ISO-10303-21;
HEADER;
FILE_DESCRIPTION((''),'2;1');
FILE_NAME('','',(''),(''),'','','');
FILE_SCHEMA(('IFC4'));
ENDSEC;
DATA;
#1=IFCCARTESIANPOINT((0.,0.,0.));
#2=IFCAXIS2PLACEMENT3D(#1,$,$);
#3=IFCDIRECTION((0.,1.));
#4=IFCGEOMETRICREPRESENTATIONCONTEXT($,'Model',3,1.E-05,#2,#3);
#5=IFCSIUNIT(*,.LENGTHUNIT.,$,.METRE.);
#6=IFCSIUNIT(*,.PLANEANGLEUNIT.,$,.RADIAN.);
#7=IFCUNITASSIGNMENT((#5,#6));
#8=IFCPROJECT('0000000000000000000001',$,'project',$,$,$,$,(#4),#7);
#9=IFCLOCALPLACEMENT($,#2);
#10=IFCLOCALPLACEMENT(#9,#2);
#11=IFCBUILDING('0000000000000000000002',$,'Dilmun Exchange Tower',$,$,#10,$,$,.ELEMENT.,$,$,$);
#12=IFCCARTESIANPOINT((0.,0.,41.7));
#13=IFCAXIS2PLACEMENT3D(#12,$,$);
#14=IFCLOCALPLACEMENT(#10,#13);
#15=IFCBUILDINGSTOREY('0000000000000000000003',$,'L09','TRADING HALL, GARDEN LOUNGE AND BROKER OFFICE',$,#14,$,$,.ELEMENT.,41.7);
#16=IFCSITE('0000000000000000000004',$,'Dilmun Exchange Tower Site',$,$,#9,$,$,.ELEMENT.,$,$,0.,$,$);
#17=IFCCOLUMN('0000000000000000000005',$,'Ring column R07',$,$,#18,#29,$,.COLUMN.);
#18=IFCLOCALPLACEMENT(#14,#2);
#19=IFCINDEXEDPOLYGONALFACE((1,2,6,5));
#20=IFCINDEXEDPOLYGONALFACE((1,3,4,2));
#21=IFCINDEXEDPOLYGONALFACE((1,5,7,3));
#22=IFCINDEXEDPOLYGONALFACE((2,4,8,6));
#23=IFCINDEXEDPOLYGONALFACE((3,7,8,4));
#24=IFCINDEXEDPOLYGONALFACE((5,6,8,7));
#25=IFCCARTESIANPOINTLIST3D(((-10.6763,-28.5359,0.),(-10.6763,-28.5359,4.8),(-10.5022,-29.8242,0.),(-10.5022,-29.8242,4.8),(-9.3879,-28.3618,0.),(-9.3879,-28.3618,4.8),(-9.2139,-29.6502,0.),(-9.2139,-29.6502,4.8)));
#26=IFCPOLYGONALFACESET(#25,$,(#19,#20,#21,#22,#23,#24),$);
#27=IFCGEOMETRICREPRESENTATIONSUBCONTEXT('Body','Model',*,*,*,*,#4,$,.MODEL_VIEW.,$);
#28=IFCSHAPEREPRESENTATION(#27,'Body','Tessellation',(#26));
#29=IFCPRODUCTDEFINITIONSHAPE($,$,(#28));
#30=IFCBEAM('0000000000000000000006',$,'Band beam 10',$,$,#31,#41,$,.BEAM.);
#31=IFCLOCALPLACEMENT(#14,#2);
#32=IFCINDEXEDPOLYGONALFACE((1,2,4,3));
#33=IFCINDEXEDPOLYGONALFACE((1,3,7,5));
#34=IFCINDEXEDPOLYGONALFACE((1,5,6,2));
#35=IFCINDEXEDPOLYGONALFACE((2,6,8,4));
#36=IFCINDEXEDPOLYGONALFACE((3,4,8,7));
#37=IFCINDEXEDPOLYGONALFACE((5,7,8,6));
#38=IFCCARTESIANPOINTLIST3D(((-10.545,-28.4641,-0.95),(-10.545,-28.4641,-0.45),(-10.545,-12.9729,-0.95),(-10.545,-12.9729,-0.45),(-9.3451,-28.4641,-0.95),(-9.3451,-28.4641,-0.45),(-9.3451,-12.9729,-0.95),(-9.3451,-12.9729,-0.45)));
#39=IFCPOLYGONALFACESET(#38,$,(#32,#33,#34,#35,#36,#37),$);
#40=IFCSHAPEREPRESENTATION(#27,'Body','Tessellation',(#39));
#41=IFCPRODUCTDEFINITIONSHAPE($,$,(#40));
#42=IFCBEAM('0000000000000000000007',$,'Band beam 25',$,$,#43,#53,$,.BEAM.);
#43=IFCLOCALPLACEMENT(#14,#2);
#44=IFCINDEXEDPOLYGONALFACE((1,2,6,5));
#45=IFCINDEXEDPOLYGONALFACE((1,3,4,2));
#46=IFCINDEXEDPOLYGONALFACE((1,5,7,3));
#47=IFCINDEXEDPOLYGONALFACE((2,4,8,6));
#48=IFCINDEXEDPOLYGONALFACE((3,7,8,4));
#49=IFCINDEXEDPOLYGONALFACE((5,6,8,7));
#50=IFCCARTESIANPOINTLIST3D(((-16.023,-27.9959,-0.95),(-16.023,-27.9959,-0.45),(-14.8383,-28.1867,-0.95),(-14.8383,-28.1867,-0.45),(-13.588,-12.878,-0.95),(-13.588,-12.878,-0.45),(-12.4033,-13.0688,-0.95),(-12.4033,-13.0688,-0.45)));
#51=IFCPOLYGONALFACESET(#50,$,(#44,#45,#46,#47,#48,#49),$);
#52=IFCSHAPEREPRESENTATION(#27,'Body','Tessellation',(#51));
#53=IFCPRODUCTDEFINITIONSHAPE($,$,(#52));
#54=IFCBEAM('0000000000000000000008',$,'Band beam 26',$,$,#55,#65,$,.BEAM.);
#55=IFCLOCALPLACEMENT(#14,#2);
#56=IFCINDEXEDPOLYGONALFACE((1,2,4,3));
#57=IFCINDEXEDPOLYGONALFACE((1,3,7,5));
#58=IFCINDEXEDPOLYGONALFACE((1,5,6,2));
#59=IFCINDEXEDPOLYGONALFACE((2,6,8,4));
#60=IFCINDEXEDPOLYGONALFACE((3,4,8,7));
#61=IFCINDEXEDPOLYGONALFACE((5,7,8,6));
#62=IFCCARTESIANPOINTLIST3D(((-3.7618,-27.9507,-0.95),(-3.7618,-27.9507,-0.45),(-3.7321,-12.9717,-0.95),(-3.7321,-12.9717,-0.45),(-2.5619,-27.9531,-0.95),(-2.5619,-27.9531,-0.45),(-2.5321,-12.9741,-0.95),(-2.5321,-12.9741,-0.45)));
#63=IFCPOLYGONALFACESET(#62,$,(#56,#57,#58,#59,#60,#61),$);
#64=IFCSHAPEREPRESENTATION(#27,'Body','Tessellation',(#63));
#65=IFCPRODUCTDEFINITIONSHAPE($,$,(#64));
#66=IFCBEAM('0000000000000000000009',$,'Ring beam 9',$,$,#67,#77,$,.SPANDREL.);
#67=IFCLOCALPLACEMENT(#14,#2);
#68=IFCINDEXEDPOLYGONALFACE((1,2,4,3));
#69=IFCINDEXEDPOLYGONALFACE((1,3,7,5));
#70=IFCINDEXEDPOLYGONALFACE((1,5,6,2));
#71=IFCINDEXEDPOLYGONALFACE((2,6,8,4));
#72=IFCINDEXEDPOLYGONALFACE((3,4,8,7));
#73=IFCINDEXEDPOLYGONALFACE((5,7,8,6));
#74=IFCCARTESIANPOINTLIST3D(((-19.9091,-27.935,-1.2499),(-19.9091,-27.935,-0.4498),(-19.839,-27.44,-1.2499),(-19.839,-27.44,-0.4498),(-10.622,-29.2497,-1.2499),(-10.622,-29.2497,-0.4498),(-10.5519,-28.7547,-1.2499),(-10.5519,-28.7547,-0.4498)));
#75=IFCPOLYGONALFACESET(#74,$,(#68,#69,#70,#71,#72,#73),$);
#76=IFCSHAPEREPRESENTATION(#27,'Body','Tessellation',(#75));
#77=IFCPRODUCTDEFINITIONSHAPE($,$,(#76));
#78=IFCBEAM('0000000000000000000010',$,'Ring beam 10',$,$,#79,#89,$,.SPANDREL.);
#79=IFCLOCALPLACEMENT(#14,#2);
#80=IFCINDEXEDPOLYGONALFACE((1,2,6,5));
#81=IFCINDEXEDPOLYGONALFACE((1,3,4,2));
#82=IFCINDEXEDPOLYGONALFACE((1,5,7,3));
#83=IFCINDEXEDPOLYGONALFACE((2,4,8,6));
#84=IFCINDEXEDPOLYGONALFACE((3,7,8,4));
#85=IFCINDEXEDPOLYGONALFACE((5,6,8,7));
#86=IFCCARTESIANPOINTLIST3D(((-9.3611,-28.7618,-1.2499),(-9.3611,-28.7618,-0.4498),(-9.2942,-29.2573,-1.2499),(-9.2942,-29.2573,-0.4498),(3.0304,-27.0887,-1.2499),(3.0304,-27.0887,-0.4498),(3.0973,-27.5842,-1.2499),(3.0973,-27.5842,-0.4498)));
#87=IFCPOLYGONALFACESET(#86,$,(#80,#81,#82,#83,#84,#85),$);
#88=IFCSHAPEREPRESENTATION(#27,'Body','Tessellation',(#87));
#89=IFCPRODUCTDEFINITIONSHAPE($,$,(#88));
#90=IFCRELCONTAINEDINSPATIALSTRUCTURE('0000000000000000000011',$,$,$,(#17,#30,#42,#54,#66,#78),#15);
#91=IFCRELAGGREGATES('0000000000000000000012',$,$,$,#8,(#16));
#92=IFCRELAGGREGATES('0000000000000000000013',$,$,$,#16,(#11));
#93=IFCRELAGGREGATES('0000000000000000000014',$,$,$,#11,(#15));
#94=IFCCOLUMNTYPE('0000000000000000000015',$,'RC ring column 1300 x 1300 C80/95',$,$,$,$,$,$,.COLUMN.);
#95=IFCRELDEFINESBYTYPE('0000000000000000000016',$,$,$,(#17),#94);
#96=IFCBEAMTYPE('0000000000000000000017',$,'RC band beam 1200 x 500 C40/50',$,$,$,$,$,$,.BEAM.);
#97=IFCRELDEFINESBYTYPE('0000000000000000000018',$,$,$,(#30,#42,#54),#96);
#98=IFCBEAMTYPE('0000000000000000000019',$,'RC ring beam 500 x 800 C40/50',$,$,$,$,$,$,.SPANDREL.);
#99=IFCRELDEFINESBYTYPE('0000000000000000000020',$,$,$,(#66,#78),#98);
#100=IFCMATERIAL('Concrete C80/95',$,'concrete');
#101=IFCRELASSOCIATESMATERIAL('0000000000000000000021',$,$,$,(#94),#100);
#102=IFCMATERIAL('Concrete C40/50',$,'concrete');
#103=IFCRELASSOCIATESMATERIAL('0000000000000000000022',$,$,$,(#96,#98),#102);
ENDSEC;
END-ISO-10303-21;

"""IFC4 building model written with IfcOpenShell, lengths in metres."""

from ifc_helpers import new_model, si_unit, direction, frame, origin, origin_2d, place, context, subcontext, project, spatial, rectangle, extrude, material, material_profile, profile_set, type_object, element, save


model = new_model("IFC4")

# Units and contexts
model_context = context("Model", 3, precision=1e-05, world=origin(), true_north=direction((0.0, 1.0)))
body_context = subcontext(model_context, "Body", "Model", "MODEL_VIEW")
ifc_project = project(units=[si_unit("LENGTHUNIT", "METRE"), si_unit("PLANEANGLEUNIT", "RADIAN")], contexts=[model_context])

# Site, building, storey
site_placement = place(None, origin())
site = spatial("IfcSite", under=ifc_project, at=site_placement, Name="Dilmun Exchange Tower Site", CompositionType="ELEMENT", RefElevation=0.0)
building_placement = place(site_placement, origin())
building = spatial("IfcBuilding", under=site, at=building_placement, Name="Dilmun Exchange Tower", CompositionType="ELEMENT")
storey_placement = place(building_placement, frame((0.0, 0.0, 41.7)))
storey = spatial("IfcBuildingStorey", under=building, at=storey_placement, Name="L09", Description="TRADING HALL, GARDEN LOUNGE AND BROKER OFFICE", CompositionType="ELEMENT", Elevation=41.7)

# Column
ifc_material_1 = material(Name="Concrete C80/95", Category="concrete")
ifc_material_profile_1 = material_profile(ifc_material_1, rectangle(XDim=1.3, YDim=1.3, at=origin_2d()), Name="1300 x 1300")
ifc_profile_set_1 = profile_set([ifc_material_profile_1], Name="Concrete C80/95")
column_type = type_object("IfcColumnType", Name="RC ring column 1300 x 1300 C80/95", PredefinedType="COLUMN", material=ifc_profile_set_1)
column_placement = place(storey_placement, frame((-9.9451, -29.093, 0.0), z_axis=(0.0, 0.0, 1.0), x_axis=(0.991001, 0.133853, 0.0)))
element("IfcColumn", 1, at=column_placement, inside=storey, type_object=column_type, Name="Ring column R07", PredefinedType="COLUMN", context=body_context, shape_type="SweptSolid", body=[
    extrude(rectangle(XDim=1.3, YDim=1.3, at=origin_2d()), origin(), (0.0, 0.0, 1.0), 4.8),
])

# Beams
ifc_material_2 = material(Name="Concrete C40/50", Category="concrete")
ifc_material_profile_2 = material_profile(ifc_material_2, rectangle(XDim=1.2, YDim=0.5, at=origin_2d()), Name="1200 x 500")
ifc_profile_set_2 = profile_set([ifc_material_profile_2], Name="Concrete C40/50")
beam_type_1 = type_object("IfcBeamType", Name="RC band beam 1200 x 500 C40/50", PredefinedType="BEAM", material=ifc_profile_set_2)
beam_1_placement = place(storey_placement, frame((-9.9451, -28.4641, -0.7), z_axis=(0.0, 1.0, 0.0), x_axis=(-1.0, 0.0, 0.0)))
element("IfcBeam", 2, at=beam_1_placement, inside=storey, type_object=beam_type_1, Name="Band beam 10", PredefinedType="BEAM", context=body_context, shape_type="SweptSolid", body=[
    extrude(rectangle(XDim=1.2, YDim=0.5, at=origin_2d()), origin(), (0.0, 0.0, 1.0), 15.4912),
])
beam_2_placement = place(storey_placement, frame((-15.4307, -28.0913, -0.7), z_axis=(0.159021, 0.987275, 0.0), x_axis=(-0.987275, 0.159021, 0.0)))
element("IfcBeam", 3, at=beam_2_placement, inside=storey, type_object=beam_type_1, Name="Band beam 25", PredefinedType="BEAM", context=body_context, shape_type="SweptSolid", body=[
    extrude(rectangle(XDim=1.2, YDim=0.5, at=origin_2d()), origin(), (0.0, 0.0, 1.0), 15.3127),
])
beam_3_placement = place(storey_placement, frame((-3.1619, -27.9519, -0.7), z_axis=(0.001988, 0.999998, 0.0), x_axis=(-0.999998, 0.001988, 0.0)))
element("IfcBeam", 4, at=beam_3_placement, inside=storey, type_object=beam_type_1, Name="Band beam 26", PredefinedType="BEAM", context=body_context, shape_type="SweptSolid", body=[
    extrude(rectangle(XDim=1.2, YDim=0.5, at=origin_2d()), origin(), (0.0, 0.0, 1.0), 14.979),
])
ifc_material_profile_3 = material_profile(ifc_material_2, rectangle(XDim=0.5, YDim=0.8, at=origin_2d()), Name="500 x 800")
ifc_profile_set_3 = profile_set([ifc_material_profile_3], Name="Concrete C40/50")
beam_type_2 = type_object("IfcBeamType", Name="RC ring beam 500 x 800 C40/50", PredefinedType="SPANDREL", material=ifc_profile_set_3)
beam_4_placement = place(storey_placement, frame((-19.874, -27.6875, -0.8499), z_axis=(0.990128, -0.140164, 0.0), x_axis=(0.140164, 0.990128, 0.0)))
element("IfcBeam", 5, at=beam_4_placement, inside=storey, type_object=beam_type_2, Name="Ring beam 9", PredefinedType="SPANDREL", context=body_context, shape_type="SweptSolid", body=[
    extrude(rectangle(XDim=0.5, YDim=0.8, at=origin_2d()), origin(), (0.0, 0.0, 1.0), 9.3796),
])
beam_5_placement = place(storey_placement, frame((-9.3276, -29.0095, -0.8499), z_axis=(0.991007, 0.133807, 0.0), x_axis=(-0.133807, 0.991007, 0.0)))
element("IfcBeam", 6, at=beam_5_placement, inside=storey, type_object=beam_type_2, Name="Ring beam 10", PredefinedType="SPANDREL", context=body_context, shape_type="SweptSolid", body=[
    extrude(rectangle(XDim=0.5, YDim=0.8, at=origin_2d()), origin(), (0.0, 0.0, 1.0), 12.5039),
])

save(model, "model.ifc")
